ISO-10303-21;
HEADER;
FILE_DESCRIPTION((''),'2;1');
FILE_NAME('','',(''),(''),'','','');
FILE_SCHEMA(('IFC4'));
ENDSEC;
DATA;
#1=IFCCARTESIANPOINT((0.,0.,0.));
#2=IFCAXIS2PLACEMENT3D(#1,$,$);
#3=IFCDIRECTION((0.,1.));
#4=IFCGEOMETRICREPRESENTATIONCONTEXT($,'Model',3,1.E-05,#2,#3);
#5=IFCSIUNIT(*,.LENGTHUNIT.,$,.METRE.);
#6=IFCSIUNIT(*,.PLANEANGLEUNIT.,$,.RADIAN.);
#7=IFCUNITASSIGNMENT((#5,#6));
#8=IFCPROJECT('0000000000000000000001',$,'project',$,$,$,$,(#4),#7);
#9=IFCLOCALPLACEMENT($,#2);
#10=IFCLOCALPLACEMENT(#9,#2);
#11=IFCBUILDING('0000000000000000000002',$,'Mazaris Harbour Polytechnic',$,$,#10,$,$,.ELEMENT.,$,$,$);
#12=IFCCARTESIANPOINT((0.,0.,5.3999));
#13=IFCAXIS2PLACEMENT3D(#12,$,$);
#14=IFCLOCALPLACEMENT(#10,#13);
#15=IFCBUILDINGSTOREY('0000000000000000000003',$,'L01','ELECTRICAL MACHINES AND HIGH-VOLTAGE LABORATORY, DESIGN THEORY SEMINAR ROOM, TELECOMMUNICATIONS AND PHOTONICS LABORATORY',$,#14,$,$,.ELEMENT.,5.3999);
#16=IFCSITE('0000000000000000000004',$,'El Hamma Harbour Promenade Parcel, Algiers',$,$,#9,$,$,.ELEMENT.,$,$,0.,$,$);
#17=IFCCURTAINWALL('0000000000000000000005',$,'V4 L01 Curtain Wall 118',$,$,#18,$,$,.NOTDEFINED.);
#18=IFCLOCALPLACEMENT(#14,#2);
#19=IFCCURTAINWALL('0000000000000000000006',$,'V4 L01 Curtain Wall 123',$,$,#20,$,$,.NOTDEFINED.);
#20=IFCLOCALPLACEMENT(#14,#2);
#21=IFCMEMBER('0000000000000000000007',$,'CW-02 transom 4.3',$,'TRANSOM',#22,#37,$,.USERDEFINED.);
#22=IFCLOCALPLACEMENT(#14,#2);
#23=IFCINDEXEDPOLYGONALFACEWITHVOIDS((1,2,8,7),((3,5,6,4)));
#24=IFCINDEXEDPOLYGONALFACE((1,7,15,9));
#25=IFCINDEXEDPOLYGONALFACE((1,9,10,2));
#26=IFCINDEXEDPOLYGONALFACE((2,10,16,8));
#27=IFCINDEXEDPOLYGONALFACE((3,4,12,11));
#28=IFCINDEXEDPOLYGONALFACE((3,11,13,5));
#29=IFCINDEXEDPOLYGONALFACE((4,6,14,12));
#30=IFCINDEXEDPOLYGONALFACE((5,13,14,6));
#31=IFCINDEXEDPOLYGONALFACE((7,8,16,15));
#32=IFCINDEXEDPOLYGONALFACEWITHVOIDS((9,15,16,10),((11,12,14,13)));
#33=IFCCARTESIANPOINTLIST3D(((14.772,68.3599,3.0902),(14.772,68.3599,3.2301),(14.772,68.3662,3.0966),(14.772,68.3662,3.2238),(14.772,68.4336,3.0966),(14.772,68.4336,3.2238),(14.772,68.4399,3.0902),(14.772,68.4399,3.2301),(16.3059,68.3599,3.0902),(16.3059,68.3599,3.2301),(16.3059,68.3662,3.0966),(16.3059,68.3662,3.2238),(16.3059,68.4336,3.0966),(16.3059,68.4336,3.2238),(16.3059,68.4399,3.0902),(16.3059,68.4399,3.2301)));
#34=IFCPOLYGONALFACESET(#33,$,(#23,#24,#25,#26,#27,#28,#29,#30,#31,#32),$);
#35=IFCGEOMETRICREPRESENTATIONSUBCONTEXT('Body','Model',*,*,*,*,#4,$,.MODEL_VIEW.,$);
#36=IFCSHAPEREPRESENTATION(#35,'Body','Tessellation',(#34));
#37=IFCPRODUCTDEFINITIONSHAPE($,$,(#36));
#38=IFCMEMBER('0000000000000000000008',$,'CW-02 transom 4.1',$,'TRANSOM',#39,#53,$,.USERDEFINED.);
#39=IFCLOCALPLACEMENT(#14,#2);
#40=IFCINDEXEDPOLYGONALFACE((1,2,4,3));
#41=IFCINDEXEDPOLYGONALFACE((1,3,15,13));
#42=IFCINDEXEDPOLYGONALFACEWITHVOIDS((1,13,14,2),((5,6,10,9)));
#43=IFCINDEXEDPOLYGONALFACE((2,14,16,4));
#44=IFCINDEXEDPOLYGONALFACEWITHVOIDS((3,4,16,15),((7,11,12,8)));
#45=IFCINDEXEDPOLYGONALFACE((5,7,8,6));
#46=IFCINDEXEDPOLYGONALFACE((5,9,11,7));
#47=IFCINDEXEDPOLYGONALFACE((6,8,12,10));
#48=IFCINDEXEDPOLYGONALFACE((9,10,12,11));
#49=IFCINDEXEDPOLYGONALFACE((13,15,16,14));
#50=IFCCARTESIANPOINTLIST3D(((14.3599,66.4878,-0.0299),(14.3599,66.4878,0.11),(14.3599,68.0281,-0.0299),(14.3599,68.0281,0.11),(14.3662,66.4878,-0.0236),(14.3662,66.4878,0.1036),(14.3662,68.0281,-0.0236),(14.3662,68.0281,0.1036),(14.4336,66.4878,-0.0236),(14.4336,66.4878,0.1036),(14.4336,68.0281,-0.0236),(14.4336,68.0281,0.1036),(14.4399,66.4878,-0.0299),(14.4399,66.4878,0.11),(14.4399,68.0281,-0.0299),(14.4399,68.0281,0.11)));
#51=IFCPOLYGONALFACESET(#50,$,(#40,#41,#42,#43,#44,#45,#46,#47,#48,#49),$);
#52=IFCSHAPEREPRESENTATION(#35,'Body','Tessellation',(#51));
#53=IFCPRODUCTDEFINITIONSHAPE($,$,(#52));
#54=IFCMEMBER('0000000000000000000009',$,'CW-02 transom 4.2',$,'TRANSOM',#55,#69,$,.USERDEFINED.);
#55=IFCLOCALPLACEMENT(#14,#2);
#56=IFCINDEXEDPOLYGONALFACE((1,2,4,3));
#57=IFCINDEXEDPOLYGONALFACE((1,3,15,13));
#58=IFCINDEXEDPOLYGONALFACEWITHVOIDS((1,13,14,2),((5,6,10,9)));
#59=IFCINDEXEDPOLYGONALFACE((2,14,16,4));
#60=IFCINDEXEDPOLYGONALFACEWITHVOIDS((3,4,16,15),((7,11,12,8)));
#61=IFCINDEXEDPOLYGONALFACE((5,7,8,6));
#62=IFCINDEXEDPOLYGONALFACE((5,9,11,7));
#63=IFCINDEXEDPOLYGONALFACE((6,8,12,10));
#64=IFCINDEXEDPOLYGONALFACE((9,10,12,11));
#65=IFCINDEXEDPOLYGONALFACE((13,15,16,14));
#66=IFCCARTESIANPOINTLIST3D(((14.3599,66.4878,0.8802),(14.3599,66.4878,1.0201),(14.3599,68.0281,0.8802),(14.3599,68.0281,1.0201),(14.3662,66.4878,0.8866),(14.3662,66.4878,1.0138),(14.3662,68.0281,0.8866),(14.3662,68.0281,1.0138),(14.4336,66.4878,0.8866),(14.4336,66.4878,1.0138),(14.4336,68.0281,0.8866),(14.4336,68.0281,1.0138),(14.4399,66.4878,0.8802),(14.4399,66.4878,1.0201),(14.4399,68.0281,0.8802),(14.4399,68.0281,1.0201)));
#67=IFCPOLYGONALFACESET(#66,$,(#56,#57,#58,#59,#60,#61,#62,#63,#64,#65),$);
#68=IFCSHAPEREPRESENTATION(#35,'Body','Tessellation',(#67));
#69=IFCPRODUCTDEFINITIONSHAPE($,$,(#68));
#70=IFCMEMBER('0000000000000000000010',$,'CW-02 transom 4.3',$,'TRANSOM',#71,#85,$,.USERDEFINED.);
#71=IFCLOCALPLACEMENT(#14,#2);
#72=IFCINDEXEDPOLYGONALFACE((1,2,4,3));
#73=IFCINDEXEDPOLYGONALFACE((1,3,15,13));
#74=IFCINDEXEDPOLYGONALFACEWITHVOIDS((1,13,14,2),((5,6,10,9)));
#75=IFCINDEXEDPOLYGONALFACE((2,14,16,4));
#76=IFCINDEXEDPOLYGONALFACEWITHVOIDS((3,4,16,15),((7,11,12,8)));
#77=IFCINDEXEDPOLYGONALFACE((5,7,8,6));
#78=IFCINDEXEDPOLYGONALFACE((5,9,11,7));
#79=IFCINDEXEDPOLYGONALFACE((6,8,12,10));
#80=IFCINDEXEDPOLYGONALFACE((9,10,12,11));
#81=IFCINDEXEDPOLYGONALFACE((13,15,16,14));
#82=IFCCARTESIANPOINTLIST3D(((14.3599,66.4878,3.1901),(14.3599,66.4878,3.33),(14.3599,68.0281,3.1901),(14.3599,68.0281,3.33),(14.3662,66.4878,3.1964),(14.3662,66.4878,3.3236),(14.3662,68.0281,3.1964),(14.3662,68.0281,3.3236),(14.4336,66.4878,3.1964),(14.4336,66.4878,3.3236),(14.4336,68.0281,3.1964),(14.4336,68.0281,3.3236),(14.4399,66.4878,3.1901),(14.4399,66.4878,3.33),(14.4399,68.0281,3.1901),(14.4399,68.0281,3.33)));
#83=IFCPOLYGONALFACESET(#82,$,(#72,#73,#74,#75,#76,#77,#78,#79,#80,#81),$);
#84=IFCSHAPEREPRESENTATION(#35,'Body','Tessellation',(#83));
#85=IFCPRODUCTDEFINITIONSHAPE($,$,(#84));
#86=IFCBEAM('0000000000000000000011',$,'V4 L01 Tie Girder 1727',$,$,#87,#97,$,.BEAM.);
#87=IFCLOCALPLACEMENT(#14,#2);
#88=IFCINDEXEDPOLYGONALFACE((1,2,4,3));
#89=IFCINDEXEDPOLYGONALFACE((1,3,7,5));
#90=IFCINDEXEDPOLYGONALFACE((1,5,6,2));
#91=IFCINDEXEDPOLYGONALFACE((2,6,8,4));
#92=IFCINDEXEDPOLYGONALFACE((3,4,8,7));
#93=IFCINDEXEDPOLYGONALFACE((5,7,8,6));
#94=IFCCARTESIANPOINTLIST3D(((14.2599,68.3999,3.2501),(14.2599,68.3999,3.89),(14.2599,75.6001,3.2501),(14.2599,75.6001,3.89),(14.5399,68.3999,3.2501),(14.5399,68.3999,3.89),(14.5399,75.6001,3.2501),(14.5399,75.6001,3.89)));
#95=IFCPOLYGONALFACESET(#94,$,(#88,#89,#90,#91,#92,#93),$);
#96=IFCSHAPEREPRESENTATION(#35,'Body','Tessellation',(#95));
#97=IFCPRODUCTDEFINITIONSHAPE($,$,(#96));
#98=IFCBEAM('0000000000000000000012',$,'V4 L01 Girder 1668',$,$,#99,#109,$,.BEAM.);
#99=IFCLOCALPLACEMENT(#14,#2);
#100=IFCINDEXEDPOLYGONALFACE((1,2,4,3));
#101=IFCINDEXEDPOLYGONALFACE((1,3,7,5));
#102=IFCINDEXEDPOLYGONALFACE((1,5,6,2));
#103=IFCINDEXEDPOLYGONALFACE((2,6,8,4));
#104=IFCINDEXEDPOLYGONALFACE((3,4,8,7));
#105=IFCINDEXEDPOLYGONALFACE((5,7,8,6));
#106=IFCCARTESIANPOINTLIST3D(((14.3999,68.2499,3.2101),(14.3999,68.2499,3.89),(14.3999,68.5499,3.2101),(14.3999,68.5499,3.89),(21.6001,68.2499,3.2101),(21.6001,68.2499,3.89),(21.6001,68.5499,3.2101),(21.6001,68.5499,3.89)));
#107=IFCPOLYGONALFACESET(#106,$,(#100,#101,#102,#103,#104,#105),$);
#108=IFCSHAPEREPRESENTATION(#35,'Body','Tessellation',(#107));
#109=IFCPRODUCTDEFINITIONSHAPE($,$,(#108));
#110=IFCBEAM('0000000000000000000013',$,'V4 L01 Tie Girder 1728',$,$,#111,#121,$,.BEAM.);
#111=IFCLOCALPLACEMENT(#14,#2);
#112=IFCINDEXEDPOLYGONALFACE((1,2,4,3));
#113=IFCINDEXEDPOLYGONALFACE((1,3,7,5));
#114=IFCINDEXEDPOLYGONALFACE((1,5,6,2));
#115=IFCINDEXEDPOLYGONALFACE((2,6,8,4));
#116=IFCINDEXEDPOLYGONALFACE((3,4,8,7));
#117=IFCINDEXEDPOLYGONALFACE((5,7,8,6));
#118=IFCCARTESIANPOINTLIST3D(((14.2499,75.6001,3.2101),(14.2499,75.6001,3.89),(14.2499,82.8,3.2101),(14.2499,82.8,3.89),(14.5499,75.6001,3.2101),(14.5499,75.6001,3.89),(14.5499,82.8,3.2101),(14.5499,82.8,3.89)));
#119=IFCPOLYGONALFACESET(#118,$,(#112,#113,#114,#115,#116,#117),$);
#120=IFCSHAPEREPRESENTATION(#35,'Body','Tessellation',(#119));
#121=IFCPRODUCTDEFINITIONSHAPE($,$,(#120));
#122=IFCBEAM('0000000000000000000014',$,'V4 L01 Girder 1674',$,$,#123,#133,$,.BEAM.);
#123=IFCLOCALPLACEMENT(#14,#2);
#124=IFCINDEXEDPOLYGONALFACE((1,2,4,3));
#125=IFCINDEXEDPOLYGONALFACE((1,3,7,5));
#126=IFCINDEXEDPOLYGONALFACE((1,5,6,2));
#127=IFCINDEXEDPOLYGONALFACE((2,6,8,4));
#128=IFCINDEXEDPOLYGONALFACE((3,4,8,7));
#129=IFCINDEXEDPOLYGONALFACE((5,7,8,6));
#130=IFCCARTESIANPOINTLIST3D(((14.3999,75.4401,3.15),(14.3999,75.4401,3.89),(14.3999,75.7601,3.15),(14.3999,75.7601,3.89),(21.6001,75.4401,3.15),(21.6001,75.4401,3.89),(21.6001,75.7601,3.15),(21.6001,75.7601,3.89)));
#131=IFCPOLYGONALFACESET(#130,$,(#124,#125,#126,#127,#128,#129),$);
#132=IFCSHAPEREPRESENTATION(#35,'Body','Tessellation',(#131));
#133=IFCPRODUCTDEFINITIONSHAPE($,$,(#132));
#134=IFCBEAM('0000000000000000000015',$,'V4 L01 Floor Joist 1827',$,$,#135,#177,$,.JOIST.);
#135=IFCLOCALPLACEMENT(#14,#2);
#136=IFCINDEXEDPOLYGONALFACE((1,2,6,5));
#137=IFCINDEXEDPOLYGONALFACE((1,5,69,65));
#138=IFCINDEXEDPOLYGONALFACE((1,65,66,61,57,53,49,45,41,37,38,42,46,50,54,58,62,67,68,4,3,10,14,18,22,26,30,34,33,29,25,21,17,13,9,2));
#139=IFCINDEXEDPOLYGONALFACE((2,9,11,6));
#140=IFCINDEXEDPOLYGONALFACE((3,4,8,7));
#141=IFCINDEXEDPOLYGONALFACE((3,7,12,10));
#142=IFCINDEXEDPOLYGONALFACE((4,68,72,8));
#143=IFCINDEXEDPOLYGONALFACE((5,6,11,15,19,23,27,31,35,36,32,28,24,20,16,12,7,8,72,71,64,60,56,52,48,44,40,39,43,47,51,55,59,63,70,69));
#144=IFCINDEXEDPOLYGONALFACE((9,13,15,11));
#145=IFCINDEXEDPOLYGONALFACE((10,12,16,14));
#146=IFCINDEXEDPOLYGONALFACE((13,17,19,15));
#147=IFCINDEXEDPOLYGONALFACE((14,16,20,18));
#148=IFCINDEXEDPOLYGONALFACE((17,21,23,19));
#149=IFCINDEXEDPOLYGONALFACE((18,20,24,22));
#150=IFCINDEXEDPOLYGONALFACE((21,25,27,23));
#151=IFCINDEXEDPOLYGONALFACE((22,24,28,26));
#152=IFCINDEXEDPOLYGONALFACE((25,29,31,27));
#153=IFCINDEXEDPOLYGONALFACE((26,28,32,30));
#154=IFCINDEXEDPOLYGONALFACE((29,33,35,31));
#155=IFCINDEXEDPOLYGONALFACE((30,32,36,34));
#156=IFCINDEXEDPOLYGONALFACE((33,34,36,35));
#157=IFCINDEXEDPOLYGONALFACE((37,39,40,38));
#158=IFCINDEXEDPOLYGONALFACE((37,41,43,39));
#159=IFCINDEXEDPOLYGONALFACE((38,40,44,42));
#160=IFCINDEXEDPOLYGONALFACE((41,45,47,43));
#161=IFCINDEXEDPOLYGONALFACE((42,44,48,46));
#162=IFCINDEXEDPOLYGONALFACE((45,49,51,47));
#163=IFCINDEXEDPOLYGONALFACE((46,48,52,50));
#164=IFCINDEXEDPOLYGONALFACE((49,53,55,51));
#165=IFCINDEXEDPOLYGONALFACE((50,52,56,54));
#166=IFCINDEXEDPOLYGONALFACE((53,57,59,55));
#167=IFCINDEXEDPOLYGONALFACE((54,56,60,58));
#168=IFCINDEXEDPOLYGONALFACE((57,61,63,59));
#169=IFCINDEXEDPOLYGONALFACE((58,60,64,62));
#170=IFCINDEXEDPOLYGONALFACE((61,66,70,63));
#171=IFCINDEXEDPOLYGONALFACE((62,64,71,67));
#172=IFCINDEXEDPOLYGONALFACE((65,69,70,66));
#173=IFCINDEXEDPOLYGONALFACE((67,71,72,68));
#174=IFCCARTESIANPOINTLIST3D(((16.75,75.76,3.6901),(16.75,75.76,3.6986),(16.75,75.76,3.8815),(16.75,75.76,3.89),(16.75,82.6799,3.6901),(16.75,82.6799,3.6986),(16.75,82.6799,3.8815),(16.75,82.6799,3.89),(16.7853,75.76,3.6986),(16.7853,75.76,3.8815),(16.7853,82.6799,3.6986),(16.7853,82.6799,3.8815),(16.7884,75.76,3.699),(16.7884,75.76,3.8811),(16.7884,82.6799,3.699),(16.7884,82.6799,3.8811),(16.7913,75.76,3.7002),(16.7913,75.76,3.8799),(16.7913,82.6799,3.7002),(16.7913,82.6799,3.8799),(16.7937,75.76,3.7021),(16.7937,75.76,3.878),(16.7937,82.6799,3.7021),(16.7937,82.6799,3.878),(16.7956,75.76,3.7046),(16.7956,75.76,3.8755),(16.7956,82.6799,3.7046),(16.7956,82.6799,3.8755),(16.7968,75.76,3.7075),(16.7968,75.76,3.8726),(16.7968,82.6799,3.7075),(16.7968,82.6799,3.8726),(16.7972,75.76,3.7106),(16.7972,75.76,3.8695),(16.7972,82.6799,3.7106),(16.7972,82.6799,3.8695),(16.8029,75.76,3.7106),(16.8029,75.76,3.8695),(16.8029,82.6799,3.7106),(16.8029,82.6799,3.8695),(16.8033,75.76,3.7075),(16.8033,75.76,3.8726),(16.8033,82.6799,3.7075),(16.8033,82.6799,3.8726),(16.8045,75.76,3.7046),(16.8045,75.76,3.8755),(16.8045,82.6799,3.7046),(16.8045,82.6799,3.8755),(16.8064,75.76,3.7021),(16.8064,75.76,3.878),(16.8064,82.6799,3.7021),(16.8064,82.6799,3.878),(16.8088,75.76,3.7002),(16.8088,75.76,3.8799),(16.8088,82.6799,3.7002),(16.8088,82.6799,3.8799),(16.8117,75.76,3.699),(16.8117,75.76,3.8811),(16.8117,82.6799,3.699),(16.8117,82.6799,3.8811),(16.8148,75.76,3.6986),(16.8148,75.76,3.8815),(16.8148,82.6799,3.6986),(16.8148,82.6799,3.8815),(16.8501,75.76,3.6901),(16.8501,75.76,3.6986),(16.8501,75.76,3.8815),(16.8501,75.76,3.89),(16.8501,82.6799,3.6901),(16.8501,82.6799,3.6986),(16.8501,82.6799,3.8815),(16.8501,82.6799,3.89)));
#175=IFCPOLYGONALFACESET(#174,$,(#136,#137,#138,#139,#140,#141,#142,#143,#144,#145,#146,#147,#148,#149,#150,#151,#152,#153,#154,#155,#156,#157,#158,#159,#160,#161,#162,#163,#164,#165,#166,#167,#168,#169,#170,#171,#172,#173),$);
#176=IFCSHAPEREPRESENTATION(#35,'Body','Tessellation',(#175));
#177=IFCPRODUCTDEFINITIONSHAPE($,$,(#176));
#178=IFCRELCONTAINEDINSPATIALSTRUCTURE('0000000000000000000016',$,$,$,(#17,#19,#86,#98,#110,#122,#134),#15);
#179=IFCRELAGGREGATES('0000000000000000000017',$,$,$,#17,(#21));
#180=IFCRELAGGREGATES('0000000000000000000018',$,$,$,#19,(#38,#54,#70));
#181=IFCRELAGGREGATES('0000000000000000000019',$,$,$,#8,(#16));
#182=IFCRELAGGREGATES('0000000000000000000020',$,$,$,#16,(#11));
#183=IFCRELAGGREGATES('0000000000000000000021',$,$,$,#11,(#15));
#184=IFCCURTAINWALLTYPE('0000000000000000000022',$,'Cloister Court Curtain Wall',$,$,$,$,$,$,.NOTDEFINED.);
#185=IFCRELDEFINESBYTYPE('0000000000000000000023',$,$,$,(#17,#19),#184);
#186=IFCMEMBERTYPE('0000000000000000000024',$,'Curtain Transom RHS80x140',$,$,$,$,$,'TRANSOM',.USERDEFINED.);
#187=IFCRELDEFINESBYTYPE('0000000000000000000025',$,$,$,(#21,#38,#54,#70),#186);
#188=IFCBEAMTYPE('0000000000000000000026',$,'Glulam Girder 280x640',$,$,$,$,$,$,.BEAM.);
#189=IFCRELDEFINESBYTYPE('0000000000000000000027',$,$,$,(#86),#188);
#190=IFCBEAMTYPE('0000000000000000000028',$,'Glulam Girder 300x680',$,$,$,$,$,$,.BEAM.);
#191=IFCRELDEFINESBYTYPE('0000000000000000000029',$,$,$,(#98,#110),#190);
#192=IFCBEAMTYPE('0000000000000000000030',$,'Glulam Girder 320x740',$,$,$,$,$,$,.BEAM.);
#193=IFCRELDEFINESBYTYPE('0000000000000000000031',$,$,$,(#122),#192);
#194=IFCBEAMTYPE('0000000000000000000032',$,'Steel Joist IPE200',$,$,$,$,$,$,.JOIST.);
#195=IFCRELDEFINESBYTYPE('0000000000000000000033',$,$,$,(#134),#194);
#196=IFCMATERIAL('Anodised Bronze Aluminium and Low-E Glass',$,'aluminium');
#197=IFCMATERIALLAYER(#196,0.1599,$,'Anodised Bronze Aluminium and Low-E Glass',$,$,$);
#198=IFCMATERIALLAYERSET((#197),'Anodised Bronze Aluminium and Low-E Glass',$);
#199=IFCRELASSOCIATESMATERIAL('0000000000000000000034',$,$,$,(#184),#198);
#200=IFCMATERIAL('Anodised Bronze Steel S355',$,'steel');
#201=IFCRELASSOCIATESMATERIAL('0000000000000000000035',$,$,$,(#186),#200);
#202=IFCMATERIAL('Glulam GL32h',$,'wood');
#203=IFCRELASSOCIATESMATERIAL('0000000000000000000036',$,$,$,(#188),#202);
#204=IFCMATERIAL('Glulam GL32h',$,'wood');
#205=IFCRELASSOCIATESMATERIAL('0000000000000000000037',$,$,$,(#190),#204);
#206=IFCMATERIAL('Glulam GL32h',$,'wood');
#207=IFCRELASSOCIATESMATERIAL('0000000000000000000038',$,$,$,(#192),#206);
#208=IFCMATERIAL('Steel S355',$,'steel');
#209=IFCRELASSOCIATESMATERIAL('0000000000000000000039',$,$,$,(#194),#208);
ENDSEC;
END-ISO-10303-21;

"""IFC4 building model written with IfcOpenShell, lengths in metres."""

from ifc_helpers import new_model, si_unit, direction, frame, origin, origin_2d, place, context, subcontext, project, spatial, rectangle, hollow_rectangle, i_section, extrude, material, layer, layer_set, material_profile, profile_set, type_object, element, aggregate, save


model = new_model("IFC4")

# Units and contexts
model_context = context("Model", 3, precision=1e-05, world=origin(), true_north=direction((0.0, 1.0)))
body_context = subcontext(model_context, "Body", "Model", "MODEL_VIEW")
ifc_project = project(units=[si_unit("LENGTHUNIT", "METRE"), si_unit("PLANEANGLEUNIT", "RADIAN")], contexts=[model_context])

# Site, building, storey
site_placement = place(None, origin())
site = spatial("IfcSite", under=ifc_project, at=site_placement, Name="El Hamma Harbour Promenade Parcel, Algiers", CompositionType="ELEMENT", RefElevation=0.0)
building_placement = place(site_placement, origin())
building = spatial("IfcBuilding", under=site, at=building_placement, Name="Mazaris Harbour Polytechnic", CompositionType="ELEMENT")
storey_placement = place(building_placement, frame((0.0, 0.0, 5.3999)))
storey = spatial("IfcBuildingStorey", under=building, at=storey_placement, Name="L01", Description="ELECTRICAL MACHINES AND HIGH-VOLTAGE LABORATORY, DESIGN THEORY SEMINAR ROOM, TELECOMMUNICATIONS AND PHOTONICS LABORATORY", CompositionType="ELEMENT", Elevation=5.3999)

# Curtain walls
ifc_material_1 = material(Name="Anodised Bronze Aluminium and Low-E Glass", Category="aluminium")
ifc_layer_1 = layer(ifc_material_1, 0.1599, Name="Anodised Bronze Aluminium and Low-E Glass")
ifc_layer_set_1 = layer_set([ifc_layer_1], Name="Anodised Bronze Aluminium and Low-E Glass")
curtain_wall_type = type_object("IfcCurtainWallType", Name="Cloister Court Curtain Wall", PredefinedType="NOTDEFINED", material=ifc_layer_set_1)
curtain_wall_1_placement = place(storey_placement, origin())
curtain_wall_1 = element("IfcCurtainWall", 1, at=curtain_wall_1_placement, inside=storey, type_object=curtain_wall_type, Name="V4 L01 Curtain Wall 118", PredefinedType="NOTDEFINED")
curtain_wall_2_placement = place(storey_placement, origin())
curtain_wall_2 = element("IfcCurtainWall", 2, at=curtain_wall_2_placement, inside=storey, type_object=curtain_wall_type, Name="V4 L01 Curtain Wall 123", PredefinedType="NOTDEFINED")

# Members
ifc_material_2 = material(Name="Anodised Bronze Steel S355", Category="steel")
ifc_material_profile_1 = material_profile(ifc_material_2, hollow_rectangle(XDim=0.0801, YDim=0.1399, WallThickness=0.0063, at=origin_2d()), Name="RHS 80x140x6.3")
ifc_profile_set_1 = profile_set([ifc_material_profile_1], Name="Anodised Bronze Steel S355")
member_type_1 = type_object("IfcMemberType", Name="Curtain Transom RHS80x140", ElementType="TRANSOM", PredefinedType="USERDEFINED", material=ifc_profile_set_1)
member_1_placement = place(storey_placement, frame((16.3059, 68.3999, 3.1602), z_axis=(-1.0, 0.0, 0.0), x_axis=(0.0, -1.0, 0.0)))
member_1 = element("IfcMember", 3, at=member_1_placement, type_object=member_type_1, Name="CW-02 transom 4.3", ObjectType="TRANSOM", PredefinedType="USERDEFINED", context=body_context, shape_type="SweptSolid", body=[
    extrude(hollow_rectangle(XDim=0.0801, YDim=0.1399, WallThickness=0.0063, at=origin_2d()), origin(), (0.0, 0.0, 1.0), 1.5339),
])
member_2_placement = place(storey_placement, frame((14.3999, 66.4878, 0.04), z_axis=(0.0, 1.0, 0.0), x_axis=(-1.0, 0.0, 0.0)))
member_2 = element("IfcMember", 4, at=member_2_placement, type_object=member_type_1, Name="CW-02 transom 4.1", ObjectType="TRANSOM", PredefinedType="USERDEFINED", context=body_context, shape_type="SweptSolid", body=[
    extrude(hollow_rectangle(XDim=0.0801, YDim=0.1399, WallThickness=0.0063, at=origin_2d()), origin(), (0.0, 0.0, 1.0), 1.5403),
])
member_3_placement = place(storey_placement, frame((14.3999, 66.4878, 0.9502), z_axis=(0.0, 1.0, 0.0), x_axis=(-1.0, 0.0, 0.0)))
member_3 = element("IfcMember", 5, at=member_3_placement, type_object=member_type_1, Name="CW-02 transom 4.2", ObjectType="TRANSOM", PredefinedType="USERDEFINED", context=body_context, shape_type="SweptSolid", body=[
    extrude(hollow_rectangle(XDim=0.0801, YDim=0.1399, WallThickness=0.0063, at=origin_2d()), origin(), (0.0, 0.0, 1.0), 1.5403),
])
member_4_placement = place(storey_placement, frame((14.3999, 66.4878, 3.26), z_axis=(0.0, 1.0, 0.0), x_axis=(-1.0, 0.0, 0.0)))
member_4 = element("IfcMember", 6, at=member_4_placement, type_object=member_type_1, Name="CW-02 transom 4.3", ObjectType="TRANSOM", PredefinedType="USERDEFINED", context=body_context, shape_type="SweptSolid", body=[
    extrude(hollow_rectangle(XDim=0.0801, YDim=0.1399, WallThickness=0.0063, at=origin_2d()), origin(), (0.0, 0.0, 1.0), 1.5403),
])

# Beams
ifc_material_3 = material(Name="Glulam GL32h", Category="wood")
ifc_material_profile_2 = material_profile(ifc_material_3, rectangle(XDim=0.28, YDim=0.6399, at=origin_2d()), Name="RECT280x640")
ifc_profile_set_2 = profile_set([ifc_material_profile_2], Name="Glulam GL32h")
beam_type_1 = type_object("IfcBeamType", Name="Glulam Girder 280x640", PredefinedType="BEAM", material=ifc_profile_set_2)
beam_1_placement = place(storey_placement, frame((14.3999, 68.3999, 3.5701), z_axis=(0.0, 1.0, 0.0), x_axis=(-1.0, 0.0, 0.0)))
element("IfcBeam", 7, at=beam_1_placement, inside=storey, type_object=beam_type_1, Name="V4 L01 Tie Girder 1727", PredefinedType="BEAM", context=body_context, shape_type="SweptSolid", body=[
    extrude(rectangle(XDim=0.28, YDim=0.6399, at=origin_2d()), origin(), (0.0, 0.0, 1.0), 7.2002),
])
ifc_material_4 = material(Name="Glulam GL32h", Category="wood")
ifc_material_profile_3 = material_profile(ifc_material_4, rectangle(XDim=0.3, YDim=0.6799, at=origin_2d()), Name="RECT300x680")
ifc_profile_set_3 = profile_set([ifc_material_profile_3], Name="Glulam GL32h")
beam_type_2 = type_object("IfcBeamType", Name="Glulam Girder 300x680", PredefinedType="BEAM", material=ifc_profile_set_3)
beam_2_placement = place(storey_placement, frame((14.3999, 68.3999, 3.55), z_axis=(1.0, 0.0, 0.0), x_axis=(0.0, 1.0, 0.0)))
element("IfcBeam", 8, at=beam_2_placement, inside=storey, type_object=beam_type_2, Name="V4 L01 Girder 1668", PredefinedType="BEAM", context=body_context, shape_type="SweptSolid", body=[
    extrude(rectangle(XDim=0.3, YDim=0.6799, at=origin_2d()), origin(), (0.0, 0.0, 1.0), 7.2002),
])
beam_3_placement = place(storey_placement, frame((14.3999, 75.6001, 3.55), z_axis=(0.0, 1.0, 0.0), x_axis=(-1.0, 0.0, 0.0)))
element("IfcBeam", 9, at=beam_3_placement, inside=storey, type_object=beam_type_2, Name="V4 L01 Tie Girder 1728", PredefinedType="BEAM", context=body_context, shape_type="SweptSolid", body=[
    extrude(rectangle(XDim=0.3, YDim=0.6799, at=origin_2d()), origin(), (0.0, 0.0, 1.0), 7.2),
])
ifc_material_5 = material(Name="Glulam GL32h", Category="wood")
ifc_material_profile_4 = material_profile(ifc_material_5, rectangle(XDim=0.3201, YDim=0.74, at=origin_2d()), Name="RECT320x740")
ifc_profile_set_4 = profile_set([ifc_material_profile_4], Name="Glulam GL32h")
beam_type_3 = type_object("IfcBeamType", Name="Glulam Girder 320x740", PredefinedType="BEAM", material=ifc_profile_set_4)
beam_4_placement = place(storey_placement, frame((14.3999, 75.6001, 3.52), z_axis=(1.0, 0.0, 0.0), x_axis=(0.0, 1.0, 0.0)))
element("IfcBeam", 10, at=beam_4_placement, inside=storey, type_object=beam_type_3, Name="V4 L01 Girder 1674", PredefinedType="BEAM", context=body_context, shape_type="SweptSolid", body=[
    extrude(rectangle(XDim=0.3201, YDim=0.74, at=origin_2d()), origin(), (0.0, 0.0, 1.0), 7.2002),
])
ifc_material_6 = material(Name="Steel S355", Category="steel")
ifc_material_profile_5 = material_profile(ifc_material_6, i_section(OverallWidth=0.1001, OverallDepth=0.2, WebThickness=0.0056, FlangeThickness=0.0085, FilletRadius=0.012, at=origin_2d()), Name="IPE 200")
ifc_profile_set_5 = profile_set([ifc_material_profile_5], Name="Steel S355")
beam_type_4 = type_object("IfcBeamType", Name="Steel Joist IPE200", PredefinedType="JOIST", material=ifc_profile_set_5)
beam_5_placement = place(storey_placement, frame((16.8, 75.76, 3.79), z_axis=(0.0, 1.0, 0.0), x_axis=(-1.0, 0.0, 0.0)))
element("IfcBeam", 11, at=beam_5_placement, inside=storey, type_object=beam_type_4, Name="V4 L01 Floor Joist 1827", PredefinedType="JOIST", context=body_context, shape_type="SweptSolid", body=[
    extrude(i_section(OverallWidth=0.1001, OverallDepth=0.2, WebThickness=0.0056, FlangeThickness=0.0085, FilletRadius=0.012, at=origin_2d()), origin(), (0.0, 0.0, 1.0), 6.9199),
])

aggregate(curtain_wall_1, [member_1])
aggregate(curtain_wall_2, [member_2, member_3, member_4])

save(model, "model.ifc")
